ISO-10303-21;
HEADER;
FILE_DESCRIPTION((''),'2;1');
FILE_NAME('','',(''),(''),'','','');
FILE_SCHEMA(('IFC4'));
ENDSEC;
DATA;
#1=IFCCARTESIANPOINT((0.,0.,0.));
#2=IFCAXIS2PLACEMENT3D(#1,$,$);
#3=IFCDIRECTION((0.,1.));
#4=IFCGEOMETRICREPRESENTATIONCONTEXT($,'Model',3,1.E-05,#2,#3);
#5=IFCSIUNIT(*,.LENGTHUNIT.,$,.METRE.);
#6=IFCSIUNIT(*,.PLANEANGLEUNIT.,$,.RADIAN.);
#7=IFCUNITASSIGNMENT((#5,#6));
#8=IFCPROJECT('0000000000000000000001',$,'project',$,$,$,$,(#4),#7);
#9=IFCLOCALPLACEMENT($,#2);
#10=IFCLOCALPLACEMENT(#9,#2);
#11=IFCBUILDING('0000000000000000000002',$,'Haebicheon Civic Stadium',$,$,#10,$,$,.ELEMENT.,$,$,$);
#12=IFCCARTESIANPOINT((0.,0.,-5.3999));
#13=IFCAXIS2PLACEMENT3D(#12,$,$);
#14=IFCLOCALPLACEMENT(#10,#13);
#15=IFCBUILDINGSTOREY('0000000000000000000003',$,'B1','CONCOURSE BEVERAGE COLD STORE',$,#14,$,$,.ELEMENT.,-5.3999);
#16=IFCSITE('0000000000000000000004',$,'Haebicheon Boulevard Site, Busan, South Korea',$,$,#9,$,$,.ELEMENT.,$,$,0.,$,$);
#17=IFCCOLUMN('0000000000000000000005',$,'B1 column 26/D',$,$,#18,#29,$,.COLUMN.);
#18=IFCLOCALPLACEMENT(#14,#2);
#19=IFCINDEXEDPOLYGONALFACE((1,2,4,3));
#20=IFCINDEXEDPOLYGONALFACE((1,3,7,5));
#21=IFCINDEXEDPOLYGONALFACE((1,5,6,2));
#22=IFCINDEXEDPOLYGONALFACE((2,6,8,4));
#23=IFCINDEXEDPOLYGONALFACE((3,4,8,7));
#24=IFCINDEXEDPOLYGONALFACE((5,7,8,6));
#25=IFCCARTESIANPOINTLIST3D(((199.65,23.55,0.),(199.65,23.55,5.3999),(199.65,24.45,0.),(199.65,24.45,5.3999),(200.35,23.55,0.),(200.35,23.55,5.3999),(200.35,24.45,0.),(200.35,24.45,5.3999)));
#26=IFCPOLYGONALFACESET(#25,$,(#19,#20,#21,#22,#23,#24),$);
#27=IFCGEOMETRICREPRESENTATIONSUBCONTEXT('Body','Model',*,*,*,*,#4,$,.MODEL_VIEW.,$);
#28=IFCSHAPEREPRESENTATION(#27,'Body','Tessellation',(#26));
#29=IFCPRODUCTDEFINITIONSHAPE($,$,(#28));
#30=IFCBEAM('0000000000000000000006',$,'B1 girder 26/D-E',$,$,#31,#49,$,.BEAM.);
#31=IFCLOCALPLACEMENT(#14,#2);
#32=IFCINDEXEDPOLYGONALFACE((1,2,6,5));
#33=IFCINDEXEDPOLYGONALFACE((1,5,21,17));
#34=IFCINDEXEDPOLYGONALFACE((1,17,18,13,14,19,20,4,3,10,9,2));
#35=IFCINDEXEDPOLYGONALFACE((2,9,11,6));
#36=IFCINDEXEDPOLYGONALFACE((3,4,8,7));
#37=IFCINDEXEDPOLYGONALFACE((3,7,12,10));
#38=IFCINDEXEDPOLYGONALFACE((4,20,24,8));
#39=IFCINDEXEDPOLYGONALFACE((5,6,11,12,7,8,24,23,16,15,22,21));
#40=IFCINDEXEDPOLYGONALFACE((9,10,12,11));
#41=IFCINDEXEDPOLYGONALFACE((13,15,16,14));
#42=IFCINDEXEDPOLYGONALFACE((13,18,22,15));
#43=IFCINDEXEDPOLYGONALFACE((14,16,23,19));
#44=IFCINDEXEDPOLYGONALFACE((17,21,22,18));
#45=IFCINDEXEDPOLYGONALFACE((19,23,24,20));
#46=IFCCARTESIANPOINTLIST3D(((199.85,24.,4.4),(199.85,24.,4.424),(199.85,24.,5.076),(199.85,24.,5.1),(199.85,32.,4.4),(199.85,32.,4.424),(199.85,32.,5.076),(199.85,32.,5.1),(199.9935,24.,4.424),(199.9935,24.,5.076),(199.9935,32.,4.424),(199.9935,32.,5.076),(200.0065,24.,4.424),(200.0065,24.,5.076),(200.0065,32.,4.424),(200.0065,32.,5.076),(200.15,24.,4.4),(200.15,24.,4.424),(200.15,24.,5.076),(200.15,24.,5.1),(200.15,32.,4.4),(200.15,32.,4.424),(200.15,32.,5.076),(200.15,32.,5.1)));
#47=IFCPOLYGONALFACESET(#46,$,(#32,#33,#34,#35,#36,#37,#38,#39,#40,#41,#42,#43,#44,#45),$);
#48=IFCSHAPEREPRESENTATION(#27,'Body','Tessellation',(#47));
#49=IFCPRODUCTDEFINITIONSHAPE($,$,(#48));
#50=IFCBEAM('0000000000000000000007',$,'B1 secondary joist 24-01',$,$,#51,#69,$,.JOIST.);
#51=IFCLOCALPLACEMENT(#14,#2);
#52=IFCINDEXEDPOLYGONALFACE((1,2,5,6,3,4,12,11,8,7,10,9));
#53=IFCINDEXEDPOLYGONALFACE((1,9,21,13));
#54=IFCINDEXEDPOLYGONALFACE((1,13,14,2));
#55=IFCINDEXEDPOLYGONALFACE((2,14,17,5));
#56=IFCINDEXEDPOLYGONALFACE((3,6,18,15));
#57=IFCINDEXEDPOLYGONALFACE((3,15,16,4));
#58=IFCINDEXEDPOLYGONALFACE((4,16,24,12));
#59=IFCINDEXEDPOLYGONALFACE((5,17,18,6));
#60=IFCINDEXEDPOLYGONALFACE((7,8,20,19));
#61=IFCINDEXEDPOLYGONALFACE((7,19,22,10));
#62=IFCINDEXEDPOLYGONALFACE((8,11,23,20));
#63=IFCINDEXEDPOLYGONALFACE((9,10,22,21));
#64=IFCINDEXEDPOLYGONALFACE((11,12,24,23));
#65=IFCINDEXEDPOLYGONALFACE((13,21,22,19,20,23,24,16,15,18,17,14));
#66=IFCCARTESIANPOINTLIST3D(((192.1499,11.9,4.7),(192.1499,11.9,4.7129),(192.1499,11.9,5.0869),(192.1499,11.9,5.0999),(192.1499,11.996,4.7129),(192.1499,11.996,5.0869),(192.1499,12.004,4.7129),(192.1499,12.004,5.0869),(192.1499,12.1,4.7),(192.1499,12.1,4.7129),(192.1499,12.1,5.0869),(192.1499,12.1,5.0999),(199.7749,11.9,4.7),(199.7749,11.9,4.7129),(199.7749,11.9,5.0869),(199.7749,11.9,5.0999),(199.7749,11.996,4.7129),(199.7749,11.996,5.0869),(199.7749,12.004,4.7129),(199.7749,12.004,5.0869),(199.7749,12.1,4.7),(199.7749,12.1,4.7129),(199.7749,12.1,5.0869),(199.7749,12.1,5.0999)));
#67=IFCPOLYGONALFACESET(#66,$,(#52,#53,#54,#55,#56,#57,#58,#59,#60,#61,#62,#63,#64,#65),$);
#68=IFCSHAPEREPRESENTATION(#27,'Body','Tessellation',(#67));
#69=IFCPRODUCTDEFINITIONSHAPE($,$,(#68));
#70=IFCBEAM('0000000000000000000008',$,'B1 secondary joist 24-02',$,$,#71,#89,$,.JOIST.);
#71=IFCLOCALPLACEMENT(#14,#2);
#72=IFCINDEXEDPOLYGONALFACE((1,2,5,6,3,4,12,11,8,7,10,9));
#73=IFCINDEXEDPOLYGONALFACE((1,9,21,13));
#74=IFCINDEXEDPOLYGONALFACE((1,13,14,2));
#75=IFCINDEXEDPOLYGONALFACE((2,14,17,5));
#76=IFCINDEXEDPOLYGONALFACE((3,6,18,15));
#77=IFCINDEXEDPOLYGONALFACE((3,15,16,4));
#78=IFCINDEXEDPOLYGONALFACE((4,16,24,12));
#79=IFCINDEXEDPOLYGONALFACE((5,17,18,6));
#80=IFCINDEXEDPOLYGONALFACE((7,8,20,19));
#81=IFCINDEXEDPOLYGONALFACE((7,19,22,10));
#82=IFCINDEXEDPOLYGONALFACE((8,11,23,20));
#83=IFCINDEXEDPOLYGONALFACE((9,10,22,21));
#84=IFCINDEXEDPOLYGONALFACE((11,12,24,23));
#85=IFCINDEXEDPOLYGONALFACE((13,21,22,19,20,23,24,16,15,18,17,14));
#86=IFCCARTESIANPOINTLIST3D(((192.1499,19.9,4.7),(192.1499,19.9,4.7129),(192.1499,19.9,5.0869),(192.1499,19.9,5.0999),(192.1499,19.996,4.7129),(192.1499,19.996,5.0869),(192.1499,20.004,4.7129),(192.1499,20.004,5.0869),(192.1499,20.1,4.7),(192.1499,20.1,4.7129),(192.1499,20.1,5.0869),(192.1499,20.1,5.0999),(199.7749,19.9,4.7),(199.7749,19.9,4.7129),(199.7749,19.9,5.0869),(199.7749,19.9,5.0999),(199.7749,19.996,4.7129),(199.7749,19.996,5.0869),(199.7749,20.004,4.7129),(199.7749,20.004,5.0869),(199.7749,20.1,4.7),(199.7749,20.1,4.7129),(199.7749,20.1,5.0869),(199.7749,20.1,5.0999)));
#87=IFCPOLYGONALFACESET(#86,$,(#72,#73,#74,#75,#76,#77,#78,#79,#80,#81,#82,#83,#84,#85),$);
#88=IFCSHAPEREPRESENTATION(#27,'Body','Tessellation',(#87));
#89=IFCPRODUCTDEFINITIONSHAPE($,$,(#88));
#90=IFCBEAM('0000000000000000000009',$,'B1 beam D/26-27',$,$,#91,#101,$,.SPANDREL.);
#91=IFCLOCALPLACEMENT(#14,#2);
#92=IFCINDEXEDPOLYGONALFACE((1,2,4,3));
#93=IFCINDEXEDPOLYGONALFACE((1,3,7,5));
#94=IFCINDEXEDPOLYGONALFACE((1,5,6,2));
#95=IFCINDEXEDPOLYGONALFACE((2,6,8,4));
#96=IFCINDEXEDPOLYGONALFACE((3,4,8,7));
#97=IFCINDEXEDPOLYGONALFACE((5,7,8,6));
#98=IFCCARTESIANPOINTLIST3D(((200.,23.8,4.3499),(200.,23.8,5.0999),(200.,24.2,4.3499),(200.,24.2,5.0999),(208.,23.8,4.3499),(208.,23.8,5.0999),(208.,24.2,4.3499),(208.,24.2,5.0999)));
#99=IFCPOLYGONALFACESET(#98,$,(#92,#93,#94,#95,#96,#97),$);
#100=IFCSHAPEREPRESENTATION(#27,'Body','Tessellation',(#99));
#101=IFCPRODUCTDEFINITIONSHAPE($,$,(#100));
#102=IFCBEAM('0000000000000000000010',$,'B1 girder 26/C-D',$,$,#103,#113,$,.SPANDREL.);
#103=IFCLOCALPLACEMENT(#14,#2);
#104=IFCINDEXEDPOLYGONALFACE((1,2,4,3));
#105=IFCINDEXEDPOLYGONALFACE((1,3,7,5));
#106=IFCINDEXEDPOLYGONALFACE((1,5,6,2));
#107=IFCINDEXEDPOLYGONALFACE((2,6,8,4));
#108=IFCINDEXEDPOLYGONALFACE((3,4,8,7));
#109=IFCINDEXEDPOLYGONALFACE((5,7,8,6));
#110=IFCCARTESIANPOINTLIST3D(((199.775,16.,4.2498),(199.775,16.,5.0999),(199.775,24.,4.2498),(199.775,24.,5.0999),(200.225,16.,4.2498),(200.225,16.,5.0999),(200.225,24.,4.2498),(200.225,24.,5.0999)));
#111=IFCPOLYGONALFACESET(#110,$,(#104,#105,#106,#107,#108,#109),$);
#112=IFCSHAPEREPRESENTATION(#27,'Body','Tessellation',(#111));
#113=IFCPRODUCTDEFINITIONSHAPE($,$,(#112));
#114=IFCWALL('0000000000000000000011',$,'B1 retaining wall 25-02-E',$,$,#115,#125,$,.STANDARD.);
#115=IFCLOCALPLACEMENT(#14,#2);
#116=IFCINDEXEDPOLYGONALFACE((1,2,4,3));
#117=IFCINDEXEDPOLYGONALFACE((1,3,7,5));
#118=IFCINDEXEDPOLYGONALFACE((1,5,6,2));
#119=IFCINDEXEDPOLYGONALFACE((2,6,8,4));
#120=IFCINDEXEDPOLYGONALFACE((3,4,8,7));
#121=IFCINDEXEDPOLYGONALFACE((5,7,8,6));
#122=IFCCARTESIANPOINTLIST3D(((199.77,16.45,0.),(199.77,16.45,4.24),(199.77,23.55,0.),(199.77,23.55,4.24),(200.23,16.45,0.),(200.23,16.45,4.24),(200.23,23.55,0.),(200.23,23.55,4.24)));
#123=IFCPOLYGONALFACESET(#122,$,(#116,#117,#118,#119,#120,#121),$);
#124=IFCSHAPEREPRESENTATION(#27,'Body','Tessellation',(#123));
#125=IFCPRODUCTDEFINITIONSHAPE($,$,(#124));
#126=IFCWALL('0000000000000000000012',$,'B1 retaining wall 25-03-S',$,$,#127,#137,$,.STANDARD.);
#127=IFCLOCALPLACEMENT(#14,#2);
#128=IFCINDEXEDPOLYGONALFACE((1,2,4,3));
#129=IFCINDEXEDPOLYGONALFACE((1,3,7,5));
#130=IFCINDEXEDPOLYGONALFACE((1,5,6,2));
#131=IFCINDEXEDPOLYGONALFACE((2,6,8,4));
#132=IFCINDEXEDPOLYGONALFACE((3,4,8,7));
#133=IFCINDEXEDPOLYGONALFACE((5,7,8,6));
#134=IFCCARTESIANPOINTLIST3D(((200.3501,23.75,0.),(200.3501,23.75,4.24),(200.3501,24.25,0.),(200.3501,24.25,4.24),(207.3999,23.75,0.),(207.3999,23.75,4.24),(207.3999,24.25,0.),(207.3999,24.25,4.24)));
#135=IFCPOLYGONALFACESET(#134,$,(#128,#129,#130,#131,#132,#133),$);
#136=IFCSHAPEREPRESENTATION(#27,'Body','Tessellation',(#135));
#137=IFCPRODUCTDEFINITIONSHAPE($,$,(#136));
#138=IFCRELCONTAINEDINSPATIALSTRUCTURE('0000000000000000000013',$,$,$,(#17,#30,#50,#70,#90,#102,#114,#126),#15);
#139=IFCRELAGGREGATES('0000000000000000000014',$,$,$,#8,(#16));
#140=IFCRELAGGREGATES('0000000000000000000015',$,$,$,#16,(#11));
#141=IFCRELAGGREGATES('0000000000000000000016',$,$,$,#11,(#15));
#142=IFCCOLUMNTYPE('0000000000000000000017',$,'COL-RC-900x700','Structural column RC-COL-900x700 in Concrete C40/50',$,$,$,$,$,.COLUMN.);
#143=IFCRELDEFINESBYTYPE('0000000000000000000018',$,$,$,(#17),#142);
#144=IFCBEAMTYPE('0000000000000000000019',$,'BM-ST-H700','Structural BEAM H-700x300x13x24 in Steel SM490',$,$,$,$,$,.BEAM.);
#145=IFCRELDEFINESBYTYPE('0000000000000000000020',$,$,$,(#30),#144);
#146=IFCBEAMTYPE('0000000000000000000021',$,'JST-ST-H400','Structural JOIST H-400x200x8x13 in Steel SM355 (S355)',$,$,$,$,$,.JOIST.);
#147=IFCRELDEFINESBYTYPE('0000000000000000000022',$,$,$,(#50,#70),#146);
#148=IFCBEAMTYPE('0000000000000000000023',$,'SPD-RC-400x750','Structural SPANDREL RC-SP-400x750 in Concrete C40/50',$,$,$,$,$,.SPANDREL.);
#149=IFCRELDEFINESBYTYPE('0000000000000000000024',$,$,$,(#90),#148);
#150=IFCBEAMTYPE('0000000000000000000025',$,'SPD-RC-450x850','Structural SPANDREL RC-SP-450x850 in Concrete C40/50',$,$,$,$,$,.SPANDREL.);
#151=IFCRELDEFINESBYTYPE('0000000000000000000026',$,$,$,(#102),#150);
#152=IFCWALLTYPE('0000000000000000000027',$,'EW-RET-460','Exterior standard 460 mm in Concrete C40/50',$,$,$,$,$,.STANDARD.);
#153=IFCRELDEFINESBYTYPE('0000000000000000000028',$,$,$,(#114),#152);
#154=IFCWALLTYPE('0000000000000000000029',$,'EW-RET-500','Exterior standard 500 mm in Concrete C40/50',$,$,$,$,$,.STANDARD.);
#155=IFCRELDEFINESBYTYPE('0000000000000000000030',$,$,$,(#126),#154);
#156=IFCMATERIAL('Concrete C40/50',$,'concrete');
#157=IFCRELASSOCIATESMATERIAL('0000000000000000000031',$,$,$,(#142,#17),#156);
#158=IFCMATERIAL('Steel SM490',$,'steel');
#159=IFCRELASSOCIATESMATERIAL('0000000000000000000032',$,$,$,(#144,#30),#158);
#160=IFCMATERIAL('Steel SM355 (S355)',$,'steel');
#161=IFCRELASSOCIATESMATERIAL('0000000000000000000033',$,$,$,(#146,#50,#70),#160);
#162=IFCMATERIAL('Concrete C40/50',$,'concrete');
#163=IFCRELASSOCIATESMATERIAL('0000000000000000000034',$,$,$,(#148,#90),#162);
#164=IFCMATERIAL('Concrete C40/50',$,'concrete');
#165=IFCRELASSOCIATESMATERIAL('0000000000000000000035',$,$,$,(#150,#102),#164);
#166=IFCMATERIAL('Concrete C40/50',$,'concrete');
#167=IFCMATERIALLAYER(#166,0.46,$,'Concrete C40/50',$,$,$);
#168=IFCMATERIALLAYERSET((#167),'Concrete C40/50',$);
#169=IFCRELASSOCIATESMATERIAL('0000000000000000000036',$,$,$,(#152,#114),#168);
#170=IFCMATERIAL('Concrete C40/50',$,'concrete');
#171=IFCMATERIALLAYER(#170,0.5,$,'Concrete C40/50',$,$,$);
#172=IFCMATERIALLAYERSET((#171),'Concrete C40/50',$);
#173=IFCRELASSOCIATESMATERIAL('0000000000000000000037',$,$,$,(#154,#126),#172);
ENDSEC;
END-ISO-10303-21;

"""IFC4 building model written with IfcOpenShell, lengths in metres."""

from ifc_helpers import new_model, si_unit, direction, frame, frame_2d, origin, origin_2d, place, context, subcontext, project, spatial, rectangle, i_section, extrude, material, layer, layer_set, material_profile, profile_set, type_object, element, save


model = new_model("IFC4")

# Units and contexts
model_context = context("Model", 3, precision=1e-05, world=origin(), true_north=direction((0.0, 1.0)))
body_context = subcontext(model_context, "Body", "Model", "MODEL_VIEW")
ifc_project = project(units=[si_unit("LENGTHUNIT", "METRE"), si_unit("PLANEANGLEUNIT", "RADIAN")], contexts=[model_context])

# Site, building, storey
site_placement = place(None, origin())
site = spatial("IfcSite", under=ifc_project, at=site_placement, Name="Haebicheon Boulevard Site, Busan, South Korea", CompositionType="ELEMENT", RefElevation=0.0)
building_placement = place(site_placement, origin())
building = spatial("IfcBuilding", under=site, at=building_placement, Name="Haebicheon Civic Stadium", CompositionType="ELEMENT")
storey_placement = place(building_placement, frame((0.0, 0.0, -5.3999)))
storey = spatial("IfcBuildingStorey", under=building, at=storey_placement, Name="B1", Description="CONCOURSE BEVERAGE COLD STORE", CompositionType="ELEMENT", Elevation=-5.3999)

# Column
ifc_material_1 = material(Name="Concrete C40/50", Category="concrete")
ifc_material_profile_1 = material_profile(ifc_material_1, rectangle(XDim=0.7, YDim=0.8999, at=origin_2d()), Name="RC-COL-900x700")
ifc_profile_set_1 = profile_set([ifc_material_profile_1], Name="Concrete C40/50")
column_type = type_object("IfcColumnType", Name="COL-RC-900x700", Description="Structural column RC-COL-900x700 in Concrete C40/50", PredefinedType="COLUMN", material=ifc_profile_set_1)
for number, where, z_axis, x_axis, name in (
    (1, (200.0, 24.0, 0.0), (0.0, 0.0, 1.0), (1.0, 0.0, 0.0), "B1 column 26/D"),
):
    element("IfcColumn", number, at=place(storey_placement, frame(where, z_axis=z_axis, x_axis=x_axis)), inside=storey, type_object=column_type, material=ifc_profile_set_1, Name=name, PredefinedType="COLUMN", context=body_context, shape_type="SweptSolid", body=[
        extrude(rectangle(XDim=0.7, YDim=0.8999, at=origin_2d()), origin(), (0.0, 0.0, 1.0), 5.3999),
    ])

# Beams
ifc_material_2 = material(Name="Steel SM490", Category="steel")
ifc_material_profile_2 = material_profile(ifc_material_2, i_section(OverallWidth=0.3, OverallDepth=0.7, WebThickness=0.0129, FlangeThickness=0.0239, at=origin_2d()), Name="H-700x300x13x24")
ifc_profile_set_2 = profile_set([ifc_material_profile_2], Name="Steel SM490")
beam_type_1 = type_object("IfcBeamType", Name="BM-ST-H700", Description="Structural BEAM H-700x300x13x24 in Steel SM490", PredefinedType="BEAM", material=ifc_profile_set_2)
beam_1_placement = place(storey_placement, frame((200.0, 24.0, 4.75), z_axis=(0.0, 1.0, 0.0), x_axis=(-1.0, 0.0, 0.0)))
element("IfcBeam", 2, at=beam_1_placement, inside=storey, type_object=beam_type_1, material=ifc_profile_set_2, Name="B1 girder 26/D-E", PredefinedType="BEAM", context=body_context, shape_type="SweptSolid", body=[
    extrude(i_section(OverallWidth=0.3, OverallDepth=0.7, WebThickness=0.0129, FlangeThickness=0.0239, at=origin_2d()), origin(), (0.0, 0.0, 1.0), 8.0),
])
ifc_material_3 = material(Name="Steel SM355 (S355)", Category="steel")
ifc_material_profile_3 = material_profile(ifc_material_3, i_section(OverallWidth=0.2, OverallDepth=0.3999, WebThickness=0.0081, FlangeThickness=0.0129, at=origin_2d()), Name="H-400x200x8x13")
ifc_profile_set_3 = profile_set([ifc_material_profile_3], Name="Steel SM355 (S355)")
beam_type_2 = type_object("IfcBeamType", Name="JST-ST-H400", Description="Structural JOIST H-400x200x8x13 in Steel SM355 (S355)", PredefinedType="JOIST", material=ifc_profile_set_3)
for number, where, z_axis, x_axis, name in (
    (3, (192.1499, 12.0, 4.8999), (1.0, 0.0, 0.0), (0.0, 1.0, 0.0), "B1 secondary joist 24-01"),
    (4, (192.1499, 20.0, 4.8999), (1.0, 0.0, 0.0), (0.0, 1.0, 0.0), "B1 secondary joist 24-02"),
):
    element("IfcBeam", number, at=place(storey_placement, frame(where, z_axis=z_axis, x_axis=x_axis)), inside=storey, type_object=beam_type_2, material=ifc_profile_set_3, Name=name, PredefinedType="JOIST", context=body_context, shape_type="SweptSolid", body=[
        extrude(i_section(OverallWidth=0.2, OverallDepth=0.3999, WebThickness=0.0081, FlangeThickness=0.0129, at=origin_2d()), origin(), (0.0, 0.0, 1.0), 7.625),
    ])
ifc_material_4 = material(Name="Concrete C40/50", Category="concrete")
ifc_material_profile_4 = material_profile(ifc_material_4, rectangle(XDim=0.3999, YDim=0.75, at=origin_2d()), Name="RC-SP-400x750")
ifc_profile_set_4 = profile_set([ifc_material_profile_4], Name="Concrete C40/50")
beam_type_3 = type_object("IfcBeamType", Name="SPD-RC-400x750", Description="Structural SPANDREL RC-SP-400x750 in Concrete C40/50", PredefinedType="SPANDREL", material=ifc_profile_set_4)
beam_2_placement = place(storey_placement, frame((200.0, 24.0, 4.7249), z_axis=(1.0, 0.0, 0.0), x_axis=(0.0, 1.0, 0.0)))
element("IfcBeam", 5, at=beam_2_placement, inside=storey, type_object=beam_type_3, material=ifc_profile_set_4, Name="B1 beam D/26-27", PredefinedType="SPANDREL", context=body_context, shape_type="SweptSolid", body=[
    extrude(rectangle(XDim=0.3999, YDim=0.75, at=origin_2d()), origin(), (0.0, 0.0, 1.0), 8.0),
])
ifc_material_5 = material(Name="Concrete C40/50", Category="concrete")
ifc_material_profile_5 = material_profile(ifc_material_5, rectangle(XDim=0.45, YDim=0.8501, at=origin_2d()), Name="RC-SP-450x850")
ifc_profile_set_5 = profile_set([ifc_material_profile_5], Name="Concrete C40/50")
beam_type_4 = type_object("IfcBeamType", Name="SPD-RC-450x850", Description="Structural SPANDREL RC-SP-450x850 in Concrete C40/50", PredefinedType="SPANDREL", material=ifc_profile_set_5)
beam_3_placement = place(storey_placement, frame((200.0, 16.0, 4.6748), z_axis=(0.0, 1.0, 0.0), x_axis=(-1.0, 0.0, 0.0)))
element("IfcBeam", 6, at=beam_3_placement, inside=storey, type_object=beam_type_4, material=ifc_profile_set_5, Name="B1 girder 26/C-D", PredefinedType="SPANDREL", context=body_context, shape_type="SweptSolid", body=[
    extrude(rectangle(XDim=0.45, YDim=0.8501, at=origin_2d()), origin(), (0.0, 0.0, 1.0), 8.0),
])

# Walls
ifc_material_6 = material(Name="Concrete C40/50", Category="concrete")
ifc_layer_1 = layer(ifc_material_6, 0.46, Name="Concrete C40/50")
ifc_layer_set_1 = layer_set([ifc_layer_1], Name="Concrete C40/50")
wall_type_1 = type_object("IfcWallType", Name="EW-RET-460", Description="Exterior standard 460 mm in Concrete C40/50", PredefinedType="STANDARD", material=ifc_layer_set_1)
wall_1_placement = place(storey_placement, frame((200.0, 16.45, 0.0), z_axis=(0.0, 0.0, 1.0), x_axis=(0.0, 1.0, 0.0)))
element("IfcWall", 7, at=wall_1_placement, inside=storey, type_object=wall_type_1, material=ifc_layer_set_1, Name="B1 retaining wall 25-02-E", PredefinedType="STANDARD", context=body_context, shape_type="SweptSolid", body=[
    extrude(rectangle(XDim=7.1001, YDim=0.46, at=frame_2d((3.55, 0.0))), origin(), (0.0, 0.0, 1.0), 4.24),
])
ifc_material_7 = material(Name="Concrete C40/50", Category="concrete")
ifc_layer_2 = layer(ifc_material_7, 0.5, Name="Concrete C40/50")
ifc_layer_set_2 = layer_set([ifc_layer_2], Name="Concrete C40/50")
wall_type_2 = type_object("IfcWallType", Name="EW-RET-500", Description="Exterior standard 500 mm in Concrete C40/50", PredefinedType="STANDARD", material=ifc_layer_set_2)
wall_2_placement = place(storey_placement, frame((200.3501, 24.0, 0.0), z_axis=(0.0, 0.0, 1.0), x_axis=(1.0, 0.0, 0.0)))
element("IfcWall", 8, at=wall_2_placement, inside=storey, type_object=wall_type_2, material=ifc_layer_set_2, Name="B1 retaining wall 25-03-S", PredefinedType="STANDARD", context=body_context, shape_type="SweptSolid", body=[
    extrude(rectangle(XDim=7.0498, YDim=0.5, at=frame_2d((3.5249, 0.0))), origin(), (0.0, 0.0, 1.0), 4.24),
])

save(model, "model.ifc")
